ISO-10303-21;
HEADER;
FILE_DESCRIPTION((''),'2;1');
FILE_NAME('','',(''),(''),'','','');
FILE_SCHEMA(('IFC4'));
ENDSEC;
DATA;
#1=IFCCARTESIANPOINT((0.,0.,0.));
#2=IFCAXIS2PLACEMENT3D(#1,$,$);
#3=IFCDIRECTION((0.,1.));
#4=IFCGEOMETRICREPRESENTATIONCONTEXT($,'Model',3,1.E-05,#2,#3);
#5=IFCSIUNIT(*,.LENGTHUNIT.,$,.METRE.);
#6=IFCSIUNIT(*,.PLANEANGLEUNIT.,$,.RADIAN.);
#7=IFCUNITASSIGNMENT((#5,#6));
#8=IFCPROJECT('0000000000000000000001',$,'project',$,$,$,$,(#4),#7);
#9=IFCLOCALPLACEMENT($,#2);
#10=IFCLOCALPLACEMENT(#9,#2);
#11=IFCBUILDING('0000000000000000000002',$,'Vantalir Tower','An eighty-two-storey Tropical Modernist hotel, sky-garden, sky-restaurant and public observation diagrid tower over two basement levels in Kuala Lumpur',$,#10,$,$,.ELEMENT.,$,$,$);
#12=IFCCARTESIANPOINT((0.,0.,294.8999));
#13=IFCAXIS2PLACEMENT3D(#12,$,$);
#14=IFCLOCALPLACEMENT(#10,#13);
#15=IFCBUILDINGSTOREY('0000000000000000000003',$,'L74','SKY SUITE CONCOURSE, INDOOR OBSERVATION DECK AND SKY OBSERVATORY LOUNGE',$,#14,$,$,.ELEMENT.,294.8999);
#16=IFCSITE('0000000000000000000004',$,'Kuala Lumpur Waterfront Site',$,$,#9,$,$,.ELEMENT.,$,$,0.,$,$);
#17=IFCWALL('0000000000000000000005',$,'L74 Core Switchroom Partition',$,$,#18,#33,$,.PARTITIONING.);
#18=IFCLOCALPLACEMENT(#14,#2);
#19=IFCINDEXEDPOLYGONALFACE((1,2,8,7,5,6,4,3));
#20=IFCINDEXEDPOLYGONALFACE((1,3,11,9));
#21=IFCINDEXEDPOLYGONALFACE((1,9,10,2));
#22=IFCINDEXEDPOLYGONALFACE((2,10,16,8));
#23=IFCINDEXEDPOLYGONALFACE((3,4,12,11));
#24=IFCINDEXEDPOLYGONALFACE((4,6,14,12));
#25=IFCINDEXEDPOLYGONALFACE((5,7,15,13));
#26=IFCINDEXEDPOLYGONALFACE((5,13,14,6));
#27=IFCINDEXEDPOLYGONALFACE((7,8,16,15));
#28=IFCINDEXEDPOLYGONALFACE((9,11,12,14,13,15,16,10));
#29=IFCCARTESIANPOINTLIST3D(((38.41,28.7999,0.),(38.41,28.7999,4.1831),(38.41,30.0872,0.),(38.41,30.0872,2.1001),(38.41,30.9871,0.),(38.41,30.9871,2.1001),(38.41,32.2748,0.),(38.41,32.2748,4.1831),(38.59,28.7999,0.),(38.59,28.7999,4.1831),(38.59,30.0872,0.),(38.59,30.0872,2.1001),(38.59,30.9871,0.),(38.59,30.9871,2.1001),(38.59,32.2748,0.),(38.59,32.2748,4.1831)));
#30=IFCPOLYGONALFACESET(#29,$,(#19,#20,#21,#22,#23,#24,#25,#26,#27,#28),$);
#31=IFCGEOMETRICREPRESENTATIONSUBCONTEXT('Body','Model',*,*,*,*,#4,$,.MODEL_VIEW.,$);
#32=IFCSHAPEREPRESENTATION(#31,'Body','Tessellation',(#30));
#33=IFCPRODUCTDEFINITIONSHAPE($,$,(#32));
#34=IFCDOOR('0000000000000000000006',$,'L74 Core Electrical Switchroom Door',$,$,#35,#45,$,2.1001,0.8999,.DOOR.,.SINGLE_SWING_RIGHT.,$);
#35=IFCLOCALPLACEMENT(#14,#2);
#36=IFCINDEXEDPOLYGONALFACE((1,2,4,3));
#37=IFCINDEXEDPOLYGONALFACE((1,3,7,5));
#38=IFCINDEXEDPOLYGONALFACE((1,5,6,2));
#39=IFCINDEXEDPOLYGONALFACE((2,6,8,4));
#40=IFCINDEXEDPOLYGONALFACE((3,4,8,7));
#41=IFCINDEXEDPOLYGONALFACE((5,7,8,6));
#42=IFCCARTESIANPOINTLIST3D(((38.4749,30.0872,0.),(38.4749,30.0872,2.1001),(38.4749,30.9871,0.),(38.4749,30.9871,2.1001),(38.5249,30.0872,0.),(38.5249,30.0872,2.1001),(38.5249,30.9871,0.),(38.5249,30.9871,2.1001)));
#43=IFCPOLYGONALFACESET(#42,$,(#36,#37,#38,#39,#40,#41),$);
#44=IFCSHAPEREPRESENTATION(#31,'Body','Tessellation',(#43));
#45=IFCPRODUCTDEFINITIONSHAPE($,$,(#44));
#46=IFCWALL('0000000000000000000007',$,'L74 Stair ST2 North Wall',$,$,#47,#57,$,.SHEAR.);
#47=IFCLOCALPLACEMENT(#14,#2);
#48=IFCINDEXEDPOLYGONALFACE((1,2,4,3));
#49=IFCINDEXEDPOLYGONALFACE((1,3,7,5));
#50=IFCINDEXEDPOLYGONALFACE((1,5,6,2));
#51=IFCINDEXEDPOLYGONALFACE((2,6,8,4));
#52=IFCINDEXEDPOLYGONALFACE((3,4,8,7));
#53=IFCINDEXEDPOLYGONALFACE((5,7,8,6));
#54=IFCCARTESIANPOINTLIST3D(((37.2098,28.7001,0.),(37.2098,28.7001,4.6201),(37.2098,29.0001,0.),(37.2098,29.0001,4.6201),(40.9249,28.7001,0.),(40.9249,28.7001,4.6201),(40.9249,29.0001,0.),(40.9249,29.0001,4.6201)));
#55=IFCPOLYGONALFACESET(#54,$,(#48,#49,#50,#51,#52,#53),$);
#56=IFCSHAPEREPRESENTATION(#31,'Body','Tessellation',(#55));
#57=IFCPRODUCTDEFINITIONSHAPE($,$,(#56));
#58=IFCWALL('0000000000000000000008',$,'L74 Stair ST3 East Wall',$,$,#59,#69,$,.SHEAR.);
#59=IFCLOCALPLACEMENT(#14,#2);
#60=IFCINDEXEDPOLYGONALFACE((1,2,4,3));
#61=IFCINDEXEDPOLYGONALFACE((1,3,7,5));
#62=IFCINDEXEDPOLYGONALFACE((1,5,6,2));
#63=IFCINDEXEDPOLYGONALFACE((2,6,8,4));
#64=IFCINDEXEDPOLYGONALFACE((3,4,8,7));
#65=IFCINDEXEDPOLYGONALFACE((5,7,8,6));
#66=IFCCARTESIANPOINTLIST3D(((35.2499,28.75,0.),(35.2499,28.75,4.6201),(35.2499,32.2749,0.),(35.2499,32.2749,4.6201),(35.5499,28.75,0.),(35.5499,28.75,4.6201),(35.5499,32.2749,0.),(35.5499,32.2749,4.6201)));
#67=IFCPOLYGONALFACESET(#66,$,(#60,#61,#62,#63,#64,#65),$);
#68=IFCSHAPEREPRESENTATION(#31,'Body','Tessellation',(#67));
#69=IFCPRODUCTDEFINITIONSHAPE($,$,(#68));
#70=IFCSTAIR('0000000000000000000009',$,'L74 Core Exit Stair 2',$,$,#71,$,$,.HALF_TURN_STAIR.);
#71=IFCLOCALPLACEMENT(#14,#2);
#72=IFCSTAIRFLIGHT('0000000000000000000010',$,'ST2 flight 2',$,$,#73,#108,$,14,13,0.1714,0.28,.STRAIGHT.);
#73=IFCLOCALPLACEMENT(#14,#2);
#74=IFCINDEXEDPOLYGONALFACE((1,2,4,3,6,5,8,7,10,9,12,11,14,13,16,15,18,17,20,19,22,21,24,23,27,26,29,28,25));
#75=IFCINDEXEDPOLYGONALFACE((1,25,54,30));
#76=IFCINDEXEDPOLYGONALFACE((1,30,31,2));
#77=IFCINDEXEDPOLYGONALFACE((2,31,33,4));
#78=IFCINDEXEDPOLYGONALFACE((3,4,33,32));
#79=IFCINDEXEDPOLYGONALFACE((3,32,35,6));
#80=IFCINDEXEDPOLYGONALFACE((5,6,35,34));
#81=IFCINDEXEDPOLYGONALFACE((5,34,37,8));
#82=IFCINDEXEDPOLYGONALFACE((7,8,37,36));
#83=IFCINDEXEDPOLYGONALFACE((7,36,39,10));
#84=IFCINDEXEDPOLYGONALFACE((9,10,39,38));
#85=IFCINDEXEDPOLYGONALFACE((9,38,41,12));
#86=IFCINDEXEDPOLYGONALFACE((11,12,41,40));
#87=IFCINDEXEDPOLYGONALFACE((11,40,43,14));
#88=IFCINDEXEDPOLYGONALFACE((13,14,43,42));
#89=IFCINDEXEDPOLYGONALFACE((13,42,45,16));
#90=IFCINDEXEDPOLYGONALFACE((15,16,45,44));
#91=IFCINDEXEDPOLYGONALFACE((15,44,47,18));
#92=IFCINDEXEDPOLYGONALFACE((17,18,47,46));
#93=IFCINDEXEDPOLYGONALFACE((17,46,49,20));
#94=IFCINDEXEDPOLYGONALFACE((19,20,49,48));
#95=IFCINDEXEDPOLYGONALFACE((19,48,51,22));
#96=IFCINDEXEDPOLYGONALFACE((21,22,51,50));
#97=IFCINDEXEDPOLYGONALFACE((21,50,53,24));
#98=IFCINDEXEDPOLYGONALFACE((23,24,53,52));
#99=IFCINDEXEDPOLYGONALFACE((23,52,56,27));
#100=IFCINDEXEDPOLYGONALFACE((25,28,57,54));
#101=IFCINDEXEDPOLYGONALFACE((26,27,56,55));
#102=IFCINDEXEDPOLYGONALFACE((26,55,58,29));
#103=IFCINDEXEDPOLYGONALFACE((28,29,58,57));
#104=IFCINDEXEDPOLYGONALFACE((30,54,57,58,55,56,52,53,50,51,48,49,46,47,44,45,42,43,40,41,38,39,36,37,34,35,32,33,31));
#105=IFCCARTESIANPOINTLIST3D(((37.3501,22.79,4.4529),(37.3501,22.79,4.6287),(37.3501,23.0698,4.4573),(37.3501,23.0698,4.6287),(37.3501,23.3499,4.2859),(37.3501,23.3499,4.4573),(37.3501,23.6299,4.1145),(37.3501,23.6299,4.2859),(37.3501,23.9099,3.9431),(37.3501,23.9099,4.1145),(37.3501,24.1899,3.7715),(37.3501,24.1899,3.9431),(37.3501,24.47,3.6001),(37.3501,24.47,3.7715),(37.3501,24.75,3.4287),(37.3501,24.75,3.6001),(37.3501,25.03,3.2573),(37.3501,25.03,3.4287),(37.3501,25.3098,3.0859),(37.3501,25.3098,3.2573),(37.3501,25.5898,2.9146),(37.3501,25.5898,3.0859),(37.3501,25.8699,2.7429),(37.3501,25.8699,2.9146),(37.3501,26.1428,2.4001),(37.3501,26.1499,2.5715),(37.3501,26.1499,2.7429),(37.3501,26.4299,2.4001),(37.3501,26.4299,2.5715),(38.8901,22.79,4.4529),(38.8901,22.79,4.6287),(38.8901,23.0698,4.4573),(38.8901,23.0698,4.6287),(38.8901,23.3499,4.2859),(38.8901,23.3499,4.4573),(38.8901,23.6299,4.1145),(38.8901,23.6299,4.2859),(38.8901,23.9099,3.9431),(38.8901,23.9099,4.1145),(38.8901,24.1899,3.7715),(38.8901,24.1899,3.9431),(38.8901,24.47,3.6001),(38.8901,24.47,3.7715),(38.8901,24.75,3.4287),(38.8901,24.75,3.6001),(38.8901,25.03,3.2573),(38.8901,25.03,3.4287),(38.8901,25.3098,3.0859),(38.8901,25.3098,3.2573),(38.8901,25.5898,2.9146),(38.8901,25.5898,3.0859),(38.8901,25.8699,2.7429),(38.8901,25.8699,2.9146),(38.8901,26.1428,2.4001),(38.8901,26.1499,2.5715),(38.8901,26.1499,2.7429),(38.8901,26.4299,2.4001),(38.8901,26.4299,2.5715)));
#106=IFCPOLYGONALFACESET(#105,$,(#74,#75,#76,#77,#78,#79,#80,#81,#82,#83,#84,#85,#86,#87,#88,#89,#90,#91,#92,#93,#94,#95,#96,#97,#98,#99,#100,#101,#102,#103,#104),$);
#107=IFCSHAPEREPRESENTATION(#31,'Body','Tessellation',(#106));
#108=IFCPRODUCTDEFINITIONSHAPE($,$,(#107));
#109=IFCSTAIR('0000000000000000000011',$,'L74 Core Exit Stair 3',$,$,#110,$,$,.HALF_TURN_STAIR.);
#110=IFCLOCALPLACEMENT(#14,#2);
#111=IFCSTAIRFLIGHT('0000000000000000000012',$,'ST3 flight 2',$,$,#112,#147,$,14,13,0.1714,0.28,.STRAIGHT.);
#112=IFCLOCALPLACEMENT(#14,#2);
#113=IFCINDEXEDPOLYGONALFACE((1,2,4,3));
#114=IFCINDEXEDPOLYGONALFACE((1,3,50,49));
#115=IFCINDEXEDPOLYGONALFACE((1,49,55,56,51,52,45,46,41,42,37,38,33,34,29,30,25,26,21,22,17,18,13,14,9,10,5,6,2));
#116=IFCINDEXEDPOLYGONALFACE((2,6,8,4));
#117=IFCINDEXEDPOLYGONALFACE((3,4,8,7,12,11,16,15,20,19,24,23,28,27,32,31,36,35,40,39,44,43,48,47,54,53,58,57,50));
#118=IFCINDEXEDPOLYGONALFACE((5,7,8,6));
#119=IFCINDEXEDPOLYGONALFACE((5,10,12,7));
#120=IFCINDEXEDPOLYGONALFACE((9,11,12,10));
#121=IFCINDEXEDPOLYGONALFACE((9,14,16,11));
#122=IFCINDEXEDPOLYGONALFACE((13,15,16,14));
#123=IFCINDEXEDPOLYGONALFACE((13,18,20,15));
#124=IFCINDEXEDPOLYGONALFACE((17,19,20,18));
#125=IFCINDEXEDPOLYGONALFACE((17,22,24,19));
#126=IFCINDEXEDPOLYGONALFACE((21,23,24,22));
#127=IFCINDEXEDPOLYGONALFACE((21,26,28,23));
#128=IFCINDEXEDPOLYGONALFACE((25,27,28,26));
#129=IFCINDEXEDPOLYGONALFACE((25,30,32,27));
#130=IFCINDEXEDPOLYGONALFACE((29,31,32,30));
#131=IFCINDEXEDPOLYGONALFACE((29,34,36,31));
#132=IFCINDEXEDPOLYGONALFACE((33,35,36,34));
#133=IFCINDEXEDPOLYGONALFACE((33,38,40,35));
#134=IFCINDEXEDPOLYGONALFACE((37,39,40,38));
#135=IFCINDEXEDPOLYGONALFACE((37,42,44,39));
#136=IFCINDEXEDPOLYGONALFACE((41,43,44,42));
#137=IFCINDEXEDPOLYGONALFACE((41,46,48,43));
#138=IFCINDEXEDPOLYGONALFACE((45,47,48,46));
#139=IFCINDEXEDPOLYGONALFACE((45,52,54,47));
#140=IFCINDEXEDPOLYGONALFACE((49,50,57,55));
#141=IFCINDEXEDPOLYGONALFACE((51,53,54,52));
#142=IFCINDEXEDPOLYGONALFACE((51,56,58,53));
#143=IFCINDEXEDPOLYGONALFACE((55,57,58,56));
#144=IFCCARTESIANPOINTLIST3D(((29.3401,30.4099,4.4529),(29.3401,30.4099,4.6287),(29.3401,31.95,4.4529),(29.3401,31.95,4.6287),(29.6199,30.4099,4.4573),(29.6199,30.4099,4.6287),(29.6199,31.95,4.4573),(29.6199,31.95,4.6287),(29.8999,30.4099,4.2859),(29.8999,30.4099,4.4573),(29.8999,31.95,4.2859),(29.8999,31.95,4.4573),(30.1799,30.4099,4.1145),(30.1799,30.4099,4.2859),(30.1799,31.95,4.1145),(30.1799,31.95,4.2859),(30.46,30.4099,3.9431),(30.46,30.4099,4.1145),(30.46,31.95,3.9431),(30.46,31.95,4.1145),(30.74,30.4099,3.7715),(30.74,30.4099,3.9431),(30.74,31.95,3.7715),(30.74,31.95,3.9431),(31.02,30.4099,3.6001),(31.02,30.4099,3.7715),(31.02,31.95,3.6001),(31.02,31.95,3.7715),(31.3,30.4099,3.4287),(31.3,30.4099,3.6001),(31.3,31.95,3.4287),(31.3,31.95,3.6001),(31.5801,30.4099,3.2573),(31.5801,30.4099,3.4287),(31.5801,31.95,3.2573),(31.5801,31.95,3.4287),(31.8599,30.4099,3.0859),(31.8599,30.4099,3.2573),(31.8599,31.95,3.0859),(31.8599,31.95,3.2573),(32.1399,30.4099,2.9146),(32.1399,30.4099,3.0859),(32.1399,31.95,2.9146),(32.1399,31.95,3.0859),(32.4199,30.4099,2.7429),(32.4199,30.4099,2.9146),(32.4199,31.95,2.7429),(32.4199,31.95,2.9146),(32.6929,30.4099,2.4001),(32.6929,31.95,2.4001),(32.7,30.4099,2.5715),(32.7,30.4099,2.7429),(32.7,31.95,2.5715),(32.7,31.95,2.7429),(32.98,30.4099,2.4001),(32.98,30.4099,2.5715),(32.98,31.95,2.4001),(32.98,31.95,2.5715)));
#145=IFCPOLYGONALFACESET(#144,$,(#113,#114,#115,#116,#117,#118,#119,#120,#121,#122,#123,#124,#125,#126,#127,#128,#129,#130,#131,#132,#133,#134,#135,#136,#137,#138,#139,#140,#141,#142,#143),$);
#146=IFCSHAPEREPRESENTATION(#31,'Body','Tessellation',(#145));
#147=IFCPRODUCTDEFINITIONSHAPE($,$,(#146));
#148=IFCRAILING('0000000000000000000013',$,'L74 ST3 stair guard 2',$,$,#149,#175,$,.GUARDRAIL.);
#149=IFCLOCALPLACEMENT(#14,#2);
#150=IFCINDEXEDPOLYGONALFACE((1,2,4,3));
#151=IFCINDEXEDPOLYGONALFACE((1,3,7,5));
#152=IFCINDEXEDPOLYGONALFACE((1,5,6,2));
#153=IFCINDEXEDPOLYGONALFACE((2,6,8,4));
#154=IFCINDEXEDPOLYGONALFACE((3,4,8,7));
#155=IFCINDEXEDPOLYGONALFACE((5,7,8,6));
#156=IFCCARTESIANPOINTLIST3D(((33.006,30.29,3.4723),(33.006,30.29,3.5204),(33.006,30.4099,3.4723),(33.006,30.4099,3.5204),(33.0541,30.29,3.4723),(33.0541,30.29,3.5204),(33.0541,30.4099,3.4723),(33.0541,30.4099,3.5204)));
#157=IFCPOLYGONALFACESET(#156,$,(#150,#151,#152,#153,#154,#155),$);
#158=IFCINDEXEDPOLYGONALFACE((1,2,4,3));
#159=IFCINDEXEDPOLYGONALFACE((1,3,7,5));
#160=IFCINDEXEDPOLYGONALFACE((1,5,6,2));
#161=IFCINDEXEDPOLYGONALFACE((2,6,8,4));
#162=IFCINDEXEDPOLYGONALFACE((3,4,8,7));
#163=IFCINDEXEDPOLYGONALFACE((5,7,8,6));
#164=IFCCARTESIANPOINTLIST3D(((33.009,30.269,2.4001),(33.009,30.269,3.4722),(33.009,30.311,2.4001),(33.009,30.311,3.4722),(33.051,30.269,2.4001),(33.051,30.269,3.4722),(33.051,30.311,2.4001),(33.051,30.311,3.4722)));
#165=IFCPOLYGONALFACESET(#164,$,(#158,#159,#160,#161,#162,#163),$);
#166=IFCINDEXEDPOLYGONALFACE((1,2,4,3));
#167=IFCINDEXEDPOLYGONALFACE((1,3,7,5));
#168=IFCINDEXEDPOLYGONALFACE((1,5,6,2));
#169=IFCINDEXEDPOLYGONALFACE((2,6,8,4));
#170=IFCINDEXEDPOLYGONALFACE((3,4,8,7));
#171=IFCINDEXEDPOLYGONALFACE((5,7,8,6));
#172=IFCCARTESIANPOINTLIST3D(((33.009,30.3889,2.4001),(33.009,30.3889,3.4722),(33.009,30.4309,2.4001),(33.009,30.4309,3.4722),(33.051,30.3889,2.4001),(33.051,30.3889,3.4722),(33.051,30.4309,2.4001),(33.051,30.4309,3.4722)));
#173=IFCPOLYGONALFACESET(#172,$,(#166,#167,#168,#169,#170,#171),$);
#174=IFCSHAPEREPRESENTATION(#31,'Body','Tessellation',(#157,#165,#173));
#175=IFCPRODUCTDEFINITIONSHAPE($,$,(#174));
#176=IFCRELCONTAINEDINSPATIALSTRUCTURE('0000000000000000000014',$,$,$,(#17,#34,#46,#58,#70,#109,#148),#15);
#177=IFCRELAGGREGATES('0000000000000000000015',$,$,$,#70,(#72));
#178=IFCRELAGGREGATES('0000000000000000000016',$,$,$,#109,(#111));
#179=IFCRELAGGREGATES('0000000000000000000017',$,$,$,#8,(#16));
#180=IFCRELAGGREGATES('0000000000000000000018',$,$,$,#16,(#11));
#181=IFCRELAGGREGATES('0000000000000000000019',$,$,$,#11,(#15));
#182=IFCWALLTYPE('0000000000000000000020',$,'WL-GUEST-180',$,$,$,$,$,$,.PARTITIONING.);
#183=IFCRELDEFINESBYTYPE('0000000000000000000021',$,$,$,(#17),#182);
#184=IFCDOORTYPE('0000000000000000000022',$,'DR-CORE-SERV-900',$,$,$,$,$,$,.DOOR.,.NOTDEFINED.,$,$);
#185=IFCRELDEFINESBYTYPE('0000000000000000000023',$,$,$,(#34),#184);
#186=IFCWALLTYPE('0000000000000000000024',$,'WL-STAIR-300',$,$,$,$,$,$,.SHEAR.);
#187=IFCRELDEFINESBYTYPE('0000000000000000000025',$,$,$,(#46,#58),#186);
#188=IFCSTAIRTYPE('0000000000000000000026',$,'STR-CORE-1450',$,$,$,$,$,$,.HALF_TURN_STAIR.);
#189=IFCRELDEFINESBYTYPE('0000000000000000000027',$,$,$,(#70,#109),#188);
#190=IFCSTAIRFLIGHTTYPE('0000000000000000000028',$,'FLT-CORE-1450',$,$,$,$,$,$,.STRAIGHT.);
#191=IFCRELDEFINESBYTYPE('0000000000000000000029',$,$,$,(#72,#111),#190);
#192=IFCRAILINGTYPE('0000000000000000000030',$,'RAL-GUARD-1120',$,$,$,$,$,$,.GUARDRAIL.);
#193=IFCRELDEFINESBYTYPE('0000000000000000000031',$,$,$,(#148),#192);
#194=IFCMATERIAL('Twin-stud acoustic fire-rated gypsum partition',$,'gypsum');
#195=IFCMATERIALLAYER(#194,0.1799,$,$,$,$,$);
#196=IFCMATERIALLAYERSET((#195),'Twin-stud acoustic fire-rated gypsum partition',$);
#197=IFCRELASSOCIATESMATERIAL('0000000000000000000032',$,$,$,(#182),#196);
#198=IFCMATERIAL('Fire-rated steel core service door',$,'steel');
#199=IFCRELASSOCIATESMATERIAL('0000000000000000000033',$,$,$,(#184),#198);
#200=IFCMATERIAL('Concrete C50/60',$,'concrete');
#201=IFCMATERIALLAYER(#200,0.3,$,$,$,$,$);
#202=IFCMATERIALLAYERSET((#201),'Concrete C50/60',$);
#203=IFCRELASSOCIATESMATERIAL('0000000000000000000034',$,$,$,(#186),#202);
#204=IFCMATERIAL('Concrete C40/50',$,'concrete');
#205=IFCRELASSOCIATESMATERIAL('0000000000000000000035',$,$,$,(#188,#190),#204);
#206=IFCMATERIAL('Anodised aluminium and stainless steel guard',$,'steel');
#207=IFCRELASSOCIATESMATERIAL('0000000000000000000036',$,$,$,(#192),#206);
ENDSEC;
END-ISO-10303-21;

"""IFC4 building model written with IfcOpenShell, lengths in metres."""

from ifc_helpers import new_model, si_unit, direction, frame, frame_2d, origin, origin_2d, place, context, subcontext, project, spatial, polyline, rectangle, outline, extrude, material, layer, layer_set, type_object, element, fill, aggregate, save


model = new_model("IFC4")

# Units and contexts
model_context = context("Model", 3, precision=1e-05, world=origin(), true_north=direction((0.0, 1.0)))
body_context = subcontext(model_context, "Body", "Model", "MODEL_VIEW")
ifc_project = project(units=[si_unit("LENGTHUNIT", "METRE"), si_unit("PLANEANGLEUNIT", "RADIAN")], contexts=[model_context])

# Site, building, storey
site_placement = place(None, origin())
site = spatial("IfcSite", under=ifc_project, at=site_placement, Name="Kuala Lumpur Waterfront Site", CompositionType="ELEMENT", RefElevation=0.0)
building_placement = place(site_placement, origin())
building = spatial("IfcBuilding", under=site, at=building_placement, Name="Vantalir Tower", Description="An eighty-two-storey Tropical Modernist hotel, sky-garden, sky-restaurant and public observation diagrid tower over two basement levels in Kuala Lumpur", CompositionType="ELEMENT")
storey_placement = place(building_placement, frame((0.0, 0.0, 294.8999)))
storey = spatial("IfcBuildingStorey", under=building, at=storey_placement, Name="L74", Description="SKY SUITE CONCOURSE, INDOOR OBSERVATION DECK AND SKY OBSERVATORY LOUNGE", CompositionType="ELEMENT", Elevation=294.8999)

# Shared definitions
ifc_material_1 = material(Name="Concrete C50/60", Category="concrete")

# Shared definitions
ifc_material_2 = material(Name="Twin-stud acoustic fire-rated gypsum partition", Category="gypsum")
ifc_layer_1 = layer(ifc_material_2, 0.1799)
ifc_layer_set_1 = layer_set([ifc_layer_1], Name="Twin-stud acoustic fire-rated gypsum partition")
wall_type_1 = type_object("IfcWallType", Name="WL-GUEST-180", PredefinedType="PARTITIONING", material=ifc_layer_set_1)

# Wall, opening, door
ifc_material_3 = material(Name="Fire-rated steel core service door", Category="steel")
door_type = type_object("IfcDoorType", Name="DR-CORE-SERV-900", OperationType="NOTDEFINED", PredefinedType="DOOR", material=ifc_material_3)
wall_1_placement = place(storey_placement, frame((38.5, 28.8, 0.0), z_axis=(0.0, 0.0, 1.0), x_axis=(0.0, 1.0, 0.0)))
wall_1 = element("IfcWall", 1, at=wall_1_placement, inside=storey, type_object=wall_type_1, Name="L74 Core Switchroom Partition", PredefinedType="PARTITIONING", context=body_context, shape_type="SweptSolid", body=[
    extrude(rectangle(XDim=3.4749, YDim=0.1799, at=frame_2d((1.7373, 0.0))), origin(), (0.0, 0.0, 1.0), 4.1831),
])
opening_1_placement = place(wall_1_placement, frame((1.2871, 0.0, 0.0)))
opening_1 = element("IfcOpeningElement", 2, at=opening_1_placement, cuts=wall_1, PredefinedType="OPENING", context=body_context, shape_type="SweptSolid", body=[
    extrude(rectangle(XDim=0.8999, YDim=2.1001, at=frame_2d((0.45, 1.05))), frame((0.0, 0.0999, 0.0), z_axis=(0.0, -1.0, 0.0), x_axis=(1.0, 0.0, 0.0)), (0.0, 0.0, 1.0), 0.2),
])
door_1_placement = place(opening_1_placement, frame((0.8999, 0.0, 0.0), z_axis=(0.0, 0.0, 1.0), x_axis=(-1.0, 0.0, 0.0)))
door_1 = element("IfcDoor", 3, at=door_1_placement, inside=storey, type_object=door_type, Name="L74 Core Electrical Switchroom Door", OperationType="SINGLE_SWING_RIGHT", OverallHeight=2.1001, OverallWidth=0.8999, PredefinedType="DOOR", context=body_context, shape_type="SweptSolid", body=[
    extrude(rectangle(XDim=0.8999, YDim=2.1001, at=frame_2d((0.45, 1.05))), frame((0.0, 0.0249, 0.0), z_axis=(0.0, -1.0, 0.0), x_axis=(1.0, 0.0, 0.0)), (0.0, 0.0, 1.0), 0.05),
])
fill(opening_1, door_1)

# Walls
ifc_layer_2 = layer(ifc_material_1, 0.3)
ifc_layer_set_2 = layer_set([ifc_layer_2], Name="Concrete C50/60")
wall_type_2 = type_object("IfcWallType", Name="WL-STAIR-300", PredefinedType="SHEAR", material=ifc_layer_set_2)
wall_2_placement = place(storey_placement, frame((37.21, 28.8501, 0.0), z_axis=(0.0, 0.0, 1.0), x_axis=(1.0, 0.0, 0.0)))
element("IfcWall", 4, at=wall_2_placement, inside=storey, type_object=wall_type_2, Name="L74 Stair ST2 North Wall", PredefinedType="SHEAR", context=body_context, shape_type="SweptSolid", body=[
    extrude(rectangle(XDim=3.7151, YDim=0.3, at=frame_2d((1.8574, 0.0))), origin(), (0.0, 0.0, 1.0), 4.6201),
])
wall_3_placement = place(storey_placement, frame((35.3999, 28.75, 0.0), z_axis=(0.0, 0.0, 1.0), x_axis=(0.0, 1.0, 0.0)))
element("IfcWall", 5, at=wall_3_placement, inside=storey, type_object=wall_type_2, Name="L74 Stair ST3 East Wall", PredefinedType="SHEAR", context=body_context, shape_type="SweptSolid", body=[
    extrude(rectangle(XDim=3.5249, YDim=0.3, at=frame_2d((1.7625, 0.0))), origin(), (0.0, 0.0, 1.0), 4.6201),
])

# Stairs, stair flights
ifc_material_4 = material(Name="Concrete C40/50", Category="concrete")
stair_type = type_object("IfcStairType", Name="STR-CORE-1450", PredefinedType="HALF_TURN_STAIR", material=ifc_material_4)
stair_1_placement = place(storey_placement, origin())
stair_1 = element("IfcStair", 6, at=stair_1_placement, inside=storey, type_object=stair_type, Name="L74 Core Exit Stair 2", PredefinedType="HALF_TURN_STAIR")
stair_flight_type = type_object("IfcStairFlightType", Name="FLT-CORE-1450", PredefinedType="STRAIGHT", material=ifc_material_4)
stair_flight_1_placement = place(storey_placement, frame((38.1201, 26.4299, 2.4001), z_axis=(0.0, 0.0, 1.0), x_axis=(0.0, -1.0, 0.0)))
stair_flight_1 = element("IfcStairFlight", 7, at=stair_flight_1_placement, type_object=stair_flight_type, Name="ST2 flight 2", NumberOfRisers=14, NumberOfTreads=13, PredefinedType="STRAIGHT", RiserHeight=0.1714, TreadLength=0.28, context=body_context, shape_type="SweptSolid", body=[
    extrude(outline(polyline([(0.0, 0.0), (0.0, 0.1714), (0.28, 0.1714), (0.28, 0.3428), (0.5601, 0.3428), (0.5601, 0.5144), (0.8401, 0.5144), (0.8401, 0.6858), (1.1201, 0.6858), (1.1201, 0.8572), (1.3999, 0.8572), (1.3999, 1.0286), (1.6799, 1.0286), (1.6799, 1.2), (1.96, 1.2), (1.96, 1.3713), (2.24, 1.3713), (2.24, 1.543), (2.52, 1.543), (2.52, 1.7144), (2.8, 1.7144), (2.8, 1.8857), (3.0801, 1.8857), (3.0801, 2.0571), (3.3601, 2.0571), (3.3601, 2.2285), (3.6399, 2.2285), (3.6399, 2.3999), (3.6399, 2.0527), (0.2871, 0.0), (0.0, 0.0)])), frame((0.0, 0.77, 0.0), z_axis=(0.0, -1.0, 0.0), x_axis=(1.0, 0.0, 0.0)), (0.0, 0.0, 1.0), 1.54),
])
aggregate(stair_1, [stair_flight_1])
stair_2_placement = place(storey_placement, origin())
stair_2 = element("IfcStair", 8, at=stair_2_placement, inside=storey, type_object=stair_type, Name="L74 Core Exit Stair 3", PredefinedType="HALF_TURN_STAIR")
stair_flight_2_placement = place(storey_placement, frame((32.98, 31.1799, 2.4001), z_axis=(0.0, 0.0, 1.0), x_axis=(-1.0, 0.0, 0.0)))
stair_flight_2 = element("IfcStairFlight", 9, at=stair_flight_2_placement, type_object=stair_flight_type, Name="ST3 flight 2", NumberOfRisers=14, NumberOfTreads=13, PredefinedType="STRAIGHT", RiserHeight=0.1714, TreadLength=0.28, context=body_context, shape_type="SweptSolid", body=[
    extrude(outline(polyline([(0.0, 0.0), (0.0, 0.1714), (0.28, 0.1714), (0.28, 0.3428), (0.5601, 0.3428), (0.5601, 0.5144), (0.8401, 0.5144), (0.8401, 0.6858), (1.1201, 0.6858), (1.1201, 0.8572), (1.3999, 0.8572), (1.3999, 1.0286), (1.6799, 1.0286), (1.6799, 1.2), (1.96, 1.2), (1.96, 1.3713), (2.24, 1.3713), (2.24, 1.543), (2.52, 1.543), (2.52, 1.7144), (2.8, 1.7144), (2.8, 1.8857), (3.0801, 1.8857), (3.0801, 2.0571), (3.3601, 2.0571), (3.3601, 2.2285), (3.6399, 2.2285), (3.6399, 2.3999), (3.6399, 2.0527), (0.2871, 0.0), (0.0, 0.0)])), frame((0.0, 0.77, 0.0), z_axis=(0.0, -1.0, 0.0), x_axis=(1.0, 0.0, 0.0)), (0.0, 0.0, 1.0), 1.54),
])
aggregate(stair_2, [stair_flight_2])

# Railing
ifc_material_5 = material(Name="Anodised aluminium and stainless steel guard", Category="steel")
railing_type_1 = type_object("IfcRailingType", Name="RAL-GUARD-1120", PredefinedType="GUARDRAIL", material=ifc_material_5)
railing_1_placement = place(storey_placement, frame((33.03, 30.29, 2.4001)))
element("IfcRailing", 10, at=railing_1_placement, inside=storey, type_object=railing_type_1, Name="L74 ST3 stair guard 2", PredefinedType="GUARDRAIL", context=body_context, shape_type="SweptSolid", body=[
    extrude(rectangle(XDim=0.0481, YDim=0.0481, at=origin_2d()), frame((0.0, 0.0, 1.0962), z_axis=(0.0, 1.0, 0.0), x_axis=(-1.0, 0.0, 0.0)), (0.0, 0.0, 1.0), 0.1199),
    extrude(rectangle(XDim=0.042, YDim=0.042, at=origin_2d()), origin(), (0.0, 0.0, 1.0), 1.072),
    extrude(rectangle(XDim=0.042, YDim=0.042, at=origin_2d()), frame((0.0, 0.1199, 0.0)), (0.0, 0.0, 1.0), 1.072),
])

save(model, "model.ifc")
